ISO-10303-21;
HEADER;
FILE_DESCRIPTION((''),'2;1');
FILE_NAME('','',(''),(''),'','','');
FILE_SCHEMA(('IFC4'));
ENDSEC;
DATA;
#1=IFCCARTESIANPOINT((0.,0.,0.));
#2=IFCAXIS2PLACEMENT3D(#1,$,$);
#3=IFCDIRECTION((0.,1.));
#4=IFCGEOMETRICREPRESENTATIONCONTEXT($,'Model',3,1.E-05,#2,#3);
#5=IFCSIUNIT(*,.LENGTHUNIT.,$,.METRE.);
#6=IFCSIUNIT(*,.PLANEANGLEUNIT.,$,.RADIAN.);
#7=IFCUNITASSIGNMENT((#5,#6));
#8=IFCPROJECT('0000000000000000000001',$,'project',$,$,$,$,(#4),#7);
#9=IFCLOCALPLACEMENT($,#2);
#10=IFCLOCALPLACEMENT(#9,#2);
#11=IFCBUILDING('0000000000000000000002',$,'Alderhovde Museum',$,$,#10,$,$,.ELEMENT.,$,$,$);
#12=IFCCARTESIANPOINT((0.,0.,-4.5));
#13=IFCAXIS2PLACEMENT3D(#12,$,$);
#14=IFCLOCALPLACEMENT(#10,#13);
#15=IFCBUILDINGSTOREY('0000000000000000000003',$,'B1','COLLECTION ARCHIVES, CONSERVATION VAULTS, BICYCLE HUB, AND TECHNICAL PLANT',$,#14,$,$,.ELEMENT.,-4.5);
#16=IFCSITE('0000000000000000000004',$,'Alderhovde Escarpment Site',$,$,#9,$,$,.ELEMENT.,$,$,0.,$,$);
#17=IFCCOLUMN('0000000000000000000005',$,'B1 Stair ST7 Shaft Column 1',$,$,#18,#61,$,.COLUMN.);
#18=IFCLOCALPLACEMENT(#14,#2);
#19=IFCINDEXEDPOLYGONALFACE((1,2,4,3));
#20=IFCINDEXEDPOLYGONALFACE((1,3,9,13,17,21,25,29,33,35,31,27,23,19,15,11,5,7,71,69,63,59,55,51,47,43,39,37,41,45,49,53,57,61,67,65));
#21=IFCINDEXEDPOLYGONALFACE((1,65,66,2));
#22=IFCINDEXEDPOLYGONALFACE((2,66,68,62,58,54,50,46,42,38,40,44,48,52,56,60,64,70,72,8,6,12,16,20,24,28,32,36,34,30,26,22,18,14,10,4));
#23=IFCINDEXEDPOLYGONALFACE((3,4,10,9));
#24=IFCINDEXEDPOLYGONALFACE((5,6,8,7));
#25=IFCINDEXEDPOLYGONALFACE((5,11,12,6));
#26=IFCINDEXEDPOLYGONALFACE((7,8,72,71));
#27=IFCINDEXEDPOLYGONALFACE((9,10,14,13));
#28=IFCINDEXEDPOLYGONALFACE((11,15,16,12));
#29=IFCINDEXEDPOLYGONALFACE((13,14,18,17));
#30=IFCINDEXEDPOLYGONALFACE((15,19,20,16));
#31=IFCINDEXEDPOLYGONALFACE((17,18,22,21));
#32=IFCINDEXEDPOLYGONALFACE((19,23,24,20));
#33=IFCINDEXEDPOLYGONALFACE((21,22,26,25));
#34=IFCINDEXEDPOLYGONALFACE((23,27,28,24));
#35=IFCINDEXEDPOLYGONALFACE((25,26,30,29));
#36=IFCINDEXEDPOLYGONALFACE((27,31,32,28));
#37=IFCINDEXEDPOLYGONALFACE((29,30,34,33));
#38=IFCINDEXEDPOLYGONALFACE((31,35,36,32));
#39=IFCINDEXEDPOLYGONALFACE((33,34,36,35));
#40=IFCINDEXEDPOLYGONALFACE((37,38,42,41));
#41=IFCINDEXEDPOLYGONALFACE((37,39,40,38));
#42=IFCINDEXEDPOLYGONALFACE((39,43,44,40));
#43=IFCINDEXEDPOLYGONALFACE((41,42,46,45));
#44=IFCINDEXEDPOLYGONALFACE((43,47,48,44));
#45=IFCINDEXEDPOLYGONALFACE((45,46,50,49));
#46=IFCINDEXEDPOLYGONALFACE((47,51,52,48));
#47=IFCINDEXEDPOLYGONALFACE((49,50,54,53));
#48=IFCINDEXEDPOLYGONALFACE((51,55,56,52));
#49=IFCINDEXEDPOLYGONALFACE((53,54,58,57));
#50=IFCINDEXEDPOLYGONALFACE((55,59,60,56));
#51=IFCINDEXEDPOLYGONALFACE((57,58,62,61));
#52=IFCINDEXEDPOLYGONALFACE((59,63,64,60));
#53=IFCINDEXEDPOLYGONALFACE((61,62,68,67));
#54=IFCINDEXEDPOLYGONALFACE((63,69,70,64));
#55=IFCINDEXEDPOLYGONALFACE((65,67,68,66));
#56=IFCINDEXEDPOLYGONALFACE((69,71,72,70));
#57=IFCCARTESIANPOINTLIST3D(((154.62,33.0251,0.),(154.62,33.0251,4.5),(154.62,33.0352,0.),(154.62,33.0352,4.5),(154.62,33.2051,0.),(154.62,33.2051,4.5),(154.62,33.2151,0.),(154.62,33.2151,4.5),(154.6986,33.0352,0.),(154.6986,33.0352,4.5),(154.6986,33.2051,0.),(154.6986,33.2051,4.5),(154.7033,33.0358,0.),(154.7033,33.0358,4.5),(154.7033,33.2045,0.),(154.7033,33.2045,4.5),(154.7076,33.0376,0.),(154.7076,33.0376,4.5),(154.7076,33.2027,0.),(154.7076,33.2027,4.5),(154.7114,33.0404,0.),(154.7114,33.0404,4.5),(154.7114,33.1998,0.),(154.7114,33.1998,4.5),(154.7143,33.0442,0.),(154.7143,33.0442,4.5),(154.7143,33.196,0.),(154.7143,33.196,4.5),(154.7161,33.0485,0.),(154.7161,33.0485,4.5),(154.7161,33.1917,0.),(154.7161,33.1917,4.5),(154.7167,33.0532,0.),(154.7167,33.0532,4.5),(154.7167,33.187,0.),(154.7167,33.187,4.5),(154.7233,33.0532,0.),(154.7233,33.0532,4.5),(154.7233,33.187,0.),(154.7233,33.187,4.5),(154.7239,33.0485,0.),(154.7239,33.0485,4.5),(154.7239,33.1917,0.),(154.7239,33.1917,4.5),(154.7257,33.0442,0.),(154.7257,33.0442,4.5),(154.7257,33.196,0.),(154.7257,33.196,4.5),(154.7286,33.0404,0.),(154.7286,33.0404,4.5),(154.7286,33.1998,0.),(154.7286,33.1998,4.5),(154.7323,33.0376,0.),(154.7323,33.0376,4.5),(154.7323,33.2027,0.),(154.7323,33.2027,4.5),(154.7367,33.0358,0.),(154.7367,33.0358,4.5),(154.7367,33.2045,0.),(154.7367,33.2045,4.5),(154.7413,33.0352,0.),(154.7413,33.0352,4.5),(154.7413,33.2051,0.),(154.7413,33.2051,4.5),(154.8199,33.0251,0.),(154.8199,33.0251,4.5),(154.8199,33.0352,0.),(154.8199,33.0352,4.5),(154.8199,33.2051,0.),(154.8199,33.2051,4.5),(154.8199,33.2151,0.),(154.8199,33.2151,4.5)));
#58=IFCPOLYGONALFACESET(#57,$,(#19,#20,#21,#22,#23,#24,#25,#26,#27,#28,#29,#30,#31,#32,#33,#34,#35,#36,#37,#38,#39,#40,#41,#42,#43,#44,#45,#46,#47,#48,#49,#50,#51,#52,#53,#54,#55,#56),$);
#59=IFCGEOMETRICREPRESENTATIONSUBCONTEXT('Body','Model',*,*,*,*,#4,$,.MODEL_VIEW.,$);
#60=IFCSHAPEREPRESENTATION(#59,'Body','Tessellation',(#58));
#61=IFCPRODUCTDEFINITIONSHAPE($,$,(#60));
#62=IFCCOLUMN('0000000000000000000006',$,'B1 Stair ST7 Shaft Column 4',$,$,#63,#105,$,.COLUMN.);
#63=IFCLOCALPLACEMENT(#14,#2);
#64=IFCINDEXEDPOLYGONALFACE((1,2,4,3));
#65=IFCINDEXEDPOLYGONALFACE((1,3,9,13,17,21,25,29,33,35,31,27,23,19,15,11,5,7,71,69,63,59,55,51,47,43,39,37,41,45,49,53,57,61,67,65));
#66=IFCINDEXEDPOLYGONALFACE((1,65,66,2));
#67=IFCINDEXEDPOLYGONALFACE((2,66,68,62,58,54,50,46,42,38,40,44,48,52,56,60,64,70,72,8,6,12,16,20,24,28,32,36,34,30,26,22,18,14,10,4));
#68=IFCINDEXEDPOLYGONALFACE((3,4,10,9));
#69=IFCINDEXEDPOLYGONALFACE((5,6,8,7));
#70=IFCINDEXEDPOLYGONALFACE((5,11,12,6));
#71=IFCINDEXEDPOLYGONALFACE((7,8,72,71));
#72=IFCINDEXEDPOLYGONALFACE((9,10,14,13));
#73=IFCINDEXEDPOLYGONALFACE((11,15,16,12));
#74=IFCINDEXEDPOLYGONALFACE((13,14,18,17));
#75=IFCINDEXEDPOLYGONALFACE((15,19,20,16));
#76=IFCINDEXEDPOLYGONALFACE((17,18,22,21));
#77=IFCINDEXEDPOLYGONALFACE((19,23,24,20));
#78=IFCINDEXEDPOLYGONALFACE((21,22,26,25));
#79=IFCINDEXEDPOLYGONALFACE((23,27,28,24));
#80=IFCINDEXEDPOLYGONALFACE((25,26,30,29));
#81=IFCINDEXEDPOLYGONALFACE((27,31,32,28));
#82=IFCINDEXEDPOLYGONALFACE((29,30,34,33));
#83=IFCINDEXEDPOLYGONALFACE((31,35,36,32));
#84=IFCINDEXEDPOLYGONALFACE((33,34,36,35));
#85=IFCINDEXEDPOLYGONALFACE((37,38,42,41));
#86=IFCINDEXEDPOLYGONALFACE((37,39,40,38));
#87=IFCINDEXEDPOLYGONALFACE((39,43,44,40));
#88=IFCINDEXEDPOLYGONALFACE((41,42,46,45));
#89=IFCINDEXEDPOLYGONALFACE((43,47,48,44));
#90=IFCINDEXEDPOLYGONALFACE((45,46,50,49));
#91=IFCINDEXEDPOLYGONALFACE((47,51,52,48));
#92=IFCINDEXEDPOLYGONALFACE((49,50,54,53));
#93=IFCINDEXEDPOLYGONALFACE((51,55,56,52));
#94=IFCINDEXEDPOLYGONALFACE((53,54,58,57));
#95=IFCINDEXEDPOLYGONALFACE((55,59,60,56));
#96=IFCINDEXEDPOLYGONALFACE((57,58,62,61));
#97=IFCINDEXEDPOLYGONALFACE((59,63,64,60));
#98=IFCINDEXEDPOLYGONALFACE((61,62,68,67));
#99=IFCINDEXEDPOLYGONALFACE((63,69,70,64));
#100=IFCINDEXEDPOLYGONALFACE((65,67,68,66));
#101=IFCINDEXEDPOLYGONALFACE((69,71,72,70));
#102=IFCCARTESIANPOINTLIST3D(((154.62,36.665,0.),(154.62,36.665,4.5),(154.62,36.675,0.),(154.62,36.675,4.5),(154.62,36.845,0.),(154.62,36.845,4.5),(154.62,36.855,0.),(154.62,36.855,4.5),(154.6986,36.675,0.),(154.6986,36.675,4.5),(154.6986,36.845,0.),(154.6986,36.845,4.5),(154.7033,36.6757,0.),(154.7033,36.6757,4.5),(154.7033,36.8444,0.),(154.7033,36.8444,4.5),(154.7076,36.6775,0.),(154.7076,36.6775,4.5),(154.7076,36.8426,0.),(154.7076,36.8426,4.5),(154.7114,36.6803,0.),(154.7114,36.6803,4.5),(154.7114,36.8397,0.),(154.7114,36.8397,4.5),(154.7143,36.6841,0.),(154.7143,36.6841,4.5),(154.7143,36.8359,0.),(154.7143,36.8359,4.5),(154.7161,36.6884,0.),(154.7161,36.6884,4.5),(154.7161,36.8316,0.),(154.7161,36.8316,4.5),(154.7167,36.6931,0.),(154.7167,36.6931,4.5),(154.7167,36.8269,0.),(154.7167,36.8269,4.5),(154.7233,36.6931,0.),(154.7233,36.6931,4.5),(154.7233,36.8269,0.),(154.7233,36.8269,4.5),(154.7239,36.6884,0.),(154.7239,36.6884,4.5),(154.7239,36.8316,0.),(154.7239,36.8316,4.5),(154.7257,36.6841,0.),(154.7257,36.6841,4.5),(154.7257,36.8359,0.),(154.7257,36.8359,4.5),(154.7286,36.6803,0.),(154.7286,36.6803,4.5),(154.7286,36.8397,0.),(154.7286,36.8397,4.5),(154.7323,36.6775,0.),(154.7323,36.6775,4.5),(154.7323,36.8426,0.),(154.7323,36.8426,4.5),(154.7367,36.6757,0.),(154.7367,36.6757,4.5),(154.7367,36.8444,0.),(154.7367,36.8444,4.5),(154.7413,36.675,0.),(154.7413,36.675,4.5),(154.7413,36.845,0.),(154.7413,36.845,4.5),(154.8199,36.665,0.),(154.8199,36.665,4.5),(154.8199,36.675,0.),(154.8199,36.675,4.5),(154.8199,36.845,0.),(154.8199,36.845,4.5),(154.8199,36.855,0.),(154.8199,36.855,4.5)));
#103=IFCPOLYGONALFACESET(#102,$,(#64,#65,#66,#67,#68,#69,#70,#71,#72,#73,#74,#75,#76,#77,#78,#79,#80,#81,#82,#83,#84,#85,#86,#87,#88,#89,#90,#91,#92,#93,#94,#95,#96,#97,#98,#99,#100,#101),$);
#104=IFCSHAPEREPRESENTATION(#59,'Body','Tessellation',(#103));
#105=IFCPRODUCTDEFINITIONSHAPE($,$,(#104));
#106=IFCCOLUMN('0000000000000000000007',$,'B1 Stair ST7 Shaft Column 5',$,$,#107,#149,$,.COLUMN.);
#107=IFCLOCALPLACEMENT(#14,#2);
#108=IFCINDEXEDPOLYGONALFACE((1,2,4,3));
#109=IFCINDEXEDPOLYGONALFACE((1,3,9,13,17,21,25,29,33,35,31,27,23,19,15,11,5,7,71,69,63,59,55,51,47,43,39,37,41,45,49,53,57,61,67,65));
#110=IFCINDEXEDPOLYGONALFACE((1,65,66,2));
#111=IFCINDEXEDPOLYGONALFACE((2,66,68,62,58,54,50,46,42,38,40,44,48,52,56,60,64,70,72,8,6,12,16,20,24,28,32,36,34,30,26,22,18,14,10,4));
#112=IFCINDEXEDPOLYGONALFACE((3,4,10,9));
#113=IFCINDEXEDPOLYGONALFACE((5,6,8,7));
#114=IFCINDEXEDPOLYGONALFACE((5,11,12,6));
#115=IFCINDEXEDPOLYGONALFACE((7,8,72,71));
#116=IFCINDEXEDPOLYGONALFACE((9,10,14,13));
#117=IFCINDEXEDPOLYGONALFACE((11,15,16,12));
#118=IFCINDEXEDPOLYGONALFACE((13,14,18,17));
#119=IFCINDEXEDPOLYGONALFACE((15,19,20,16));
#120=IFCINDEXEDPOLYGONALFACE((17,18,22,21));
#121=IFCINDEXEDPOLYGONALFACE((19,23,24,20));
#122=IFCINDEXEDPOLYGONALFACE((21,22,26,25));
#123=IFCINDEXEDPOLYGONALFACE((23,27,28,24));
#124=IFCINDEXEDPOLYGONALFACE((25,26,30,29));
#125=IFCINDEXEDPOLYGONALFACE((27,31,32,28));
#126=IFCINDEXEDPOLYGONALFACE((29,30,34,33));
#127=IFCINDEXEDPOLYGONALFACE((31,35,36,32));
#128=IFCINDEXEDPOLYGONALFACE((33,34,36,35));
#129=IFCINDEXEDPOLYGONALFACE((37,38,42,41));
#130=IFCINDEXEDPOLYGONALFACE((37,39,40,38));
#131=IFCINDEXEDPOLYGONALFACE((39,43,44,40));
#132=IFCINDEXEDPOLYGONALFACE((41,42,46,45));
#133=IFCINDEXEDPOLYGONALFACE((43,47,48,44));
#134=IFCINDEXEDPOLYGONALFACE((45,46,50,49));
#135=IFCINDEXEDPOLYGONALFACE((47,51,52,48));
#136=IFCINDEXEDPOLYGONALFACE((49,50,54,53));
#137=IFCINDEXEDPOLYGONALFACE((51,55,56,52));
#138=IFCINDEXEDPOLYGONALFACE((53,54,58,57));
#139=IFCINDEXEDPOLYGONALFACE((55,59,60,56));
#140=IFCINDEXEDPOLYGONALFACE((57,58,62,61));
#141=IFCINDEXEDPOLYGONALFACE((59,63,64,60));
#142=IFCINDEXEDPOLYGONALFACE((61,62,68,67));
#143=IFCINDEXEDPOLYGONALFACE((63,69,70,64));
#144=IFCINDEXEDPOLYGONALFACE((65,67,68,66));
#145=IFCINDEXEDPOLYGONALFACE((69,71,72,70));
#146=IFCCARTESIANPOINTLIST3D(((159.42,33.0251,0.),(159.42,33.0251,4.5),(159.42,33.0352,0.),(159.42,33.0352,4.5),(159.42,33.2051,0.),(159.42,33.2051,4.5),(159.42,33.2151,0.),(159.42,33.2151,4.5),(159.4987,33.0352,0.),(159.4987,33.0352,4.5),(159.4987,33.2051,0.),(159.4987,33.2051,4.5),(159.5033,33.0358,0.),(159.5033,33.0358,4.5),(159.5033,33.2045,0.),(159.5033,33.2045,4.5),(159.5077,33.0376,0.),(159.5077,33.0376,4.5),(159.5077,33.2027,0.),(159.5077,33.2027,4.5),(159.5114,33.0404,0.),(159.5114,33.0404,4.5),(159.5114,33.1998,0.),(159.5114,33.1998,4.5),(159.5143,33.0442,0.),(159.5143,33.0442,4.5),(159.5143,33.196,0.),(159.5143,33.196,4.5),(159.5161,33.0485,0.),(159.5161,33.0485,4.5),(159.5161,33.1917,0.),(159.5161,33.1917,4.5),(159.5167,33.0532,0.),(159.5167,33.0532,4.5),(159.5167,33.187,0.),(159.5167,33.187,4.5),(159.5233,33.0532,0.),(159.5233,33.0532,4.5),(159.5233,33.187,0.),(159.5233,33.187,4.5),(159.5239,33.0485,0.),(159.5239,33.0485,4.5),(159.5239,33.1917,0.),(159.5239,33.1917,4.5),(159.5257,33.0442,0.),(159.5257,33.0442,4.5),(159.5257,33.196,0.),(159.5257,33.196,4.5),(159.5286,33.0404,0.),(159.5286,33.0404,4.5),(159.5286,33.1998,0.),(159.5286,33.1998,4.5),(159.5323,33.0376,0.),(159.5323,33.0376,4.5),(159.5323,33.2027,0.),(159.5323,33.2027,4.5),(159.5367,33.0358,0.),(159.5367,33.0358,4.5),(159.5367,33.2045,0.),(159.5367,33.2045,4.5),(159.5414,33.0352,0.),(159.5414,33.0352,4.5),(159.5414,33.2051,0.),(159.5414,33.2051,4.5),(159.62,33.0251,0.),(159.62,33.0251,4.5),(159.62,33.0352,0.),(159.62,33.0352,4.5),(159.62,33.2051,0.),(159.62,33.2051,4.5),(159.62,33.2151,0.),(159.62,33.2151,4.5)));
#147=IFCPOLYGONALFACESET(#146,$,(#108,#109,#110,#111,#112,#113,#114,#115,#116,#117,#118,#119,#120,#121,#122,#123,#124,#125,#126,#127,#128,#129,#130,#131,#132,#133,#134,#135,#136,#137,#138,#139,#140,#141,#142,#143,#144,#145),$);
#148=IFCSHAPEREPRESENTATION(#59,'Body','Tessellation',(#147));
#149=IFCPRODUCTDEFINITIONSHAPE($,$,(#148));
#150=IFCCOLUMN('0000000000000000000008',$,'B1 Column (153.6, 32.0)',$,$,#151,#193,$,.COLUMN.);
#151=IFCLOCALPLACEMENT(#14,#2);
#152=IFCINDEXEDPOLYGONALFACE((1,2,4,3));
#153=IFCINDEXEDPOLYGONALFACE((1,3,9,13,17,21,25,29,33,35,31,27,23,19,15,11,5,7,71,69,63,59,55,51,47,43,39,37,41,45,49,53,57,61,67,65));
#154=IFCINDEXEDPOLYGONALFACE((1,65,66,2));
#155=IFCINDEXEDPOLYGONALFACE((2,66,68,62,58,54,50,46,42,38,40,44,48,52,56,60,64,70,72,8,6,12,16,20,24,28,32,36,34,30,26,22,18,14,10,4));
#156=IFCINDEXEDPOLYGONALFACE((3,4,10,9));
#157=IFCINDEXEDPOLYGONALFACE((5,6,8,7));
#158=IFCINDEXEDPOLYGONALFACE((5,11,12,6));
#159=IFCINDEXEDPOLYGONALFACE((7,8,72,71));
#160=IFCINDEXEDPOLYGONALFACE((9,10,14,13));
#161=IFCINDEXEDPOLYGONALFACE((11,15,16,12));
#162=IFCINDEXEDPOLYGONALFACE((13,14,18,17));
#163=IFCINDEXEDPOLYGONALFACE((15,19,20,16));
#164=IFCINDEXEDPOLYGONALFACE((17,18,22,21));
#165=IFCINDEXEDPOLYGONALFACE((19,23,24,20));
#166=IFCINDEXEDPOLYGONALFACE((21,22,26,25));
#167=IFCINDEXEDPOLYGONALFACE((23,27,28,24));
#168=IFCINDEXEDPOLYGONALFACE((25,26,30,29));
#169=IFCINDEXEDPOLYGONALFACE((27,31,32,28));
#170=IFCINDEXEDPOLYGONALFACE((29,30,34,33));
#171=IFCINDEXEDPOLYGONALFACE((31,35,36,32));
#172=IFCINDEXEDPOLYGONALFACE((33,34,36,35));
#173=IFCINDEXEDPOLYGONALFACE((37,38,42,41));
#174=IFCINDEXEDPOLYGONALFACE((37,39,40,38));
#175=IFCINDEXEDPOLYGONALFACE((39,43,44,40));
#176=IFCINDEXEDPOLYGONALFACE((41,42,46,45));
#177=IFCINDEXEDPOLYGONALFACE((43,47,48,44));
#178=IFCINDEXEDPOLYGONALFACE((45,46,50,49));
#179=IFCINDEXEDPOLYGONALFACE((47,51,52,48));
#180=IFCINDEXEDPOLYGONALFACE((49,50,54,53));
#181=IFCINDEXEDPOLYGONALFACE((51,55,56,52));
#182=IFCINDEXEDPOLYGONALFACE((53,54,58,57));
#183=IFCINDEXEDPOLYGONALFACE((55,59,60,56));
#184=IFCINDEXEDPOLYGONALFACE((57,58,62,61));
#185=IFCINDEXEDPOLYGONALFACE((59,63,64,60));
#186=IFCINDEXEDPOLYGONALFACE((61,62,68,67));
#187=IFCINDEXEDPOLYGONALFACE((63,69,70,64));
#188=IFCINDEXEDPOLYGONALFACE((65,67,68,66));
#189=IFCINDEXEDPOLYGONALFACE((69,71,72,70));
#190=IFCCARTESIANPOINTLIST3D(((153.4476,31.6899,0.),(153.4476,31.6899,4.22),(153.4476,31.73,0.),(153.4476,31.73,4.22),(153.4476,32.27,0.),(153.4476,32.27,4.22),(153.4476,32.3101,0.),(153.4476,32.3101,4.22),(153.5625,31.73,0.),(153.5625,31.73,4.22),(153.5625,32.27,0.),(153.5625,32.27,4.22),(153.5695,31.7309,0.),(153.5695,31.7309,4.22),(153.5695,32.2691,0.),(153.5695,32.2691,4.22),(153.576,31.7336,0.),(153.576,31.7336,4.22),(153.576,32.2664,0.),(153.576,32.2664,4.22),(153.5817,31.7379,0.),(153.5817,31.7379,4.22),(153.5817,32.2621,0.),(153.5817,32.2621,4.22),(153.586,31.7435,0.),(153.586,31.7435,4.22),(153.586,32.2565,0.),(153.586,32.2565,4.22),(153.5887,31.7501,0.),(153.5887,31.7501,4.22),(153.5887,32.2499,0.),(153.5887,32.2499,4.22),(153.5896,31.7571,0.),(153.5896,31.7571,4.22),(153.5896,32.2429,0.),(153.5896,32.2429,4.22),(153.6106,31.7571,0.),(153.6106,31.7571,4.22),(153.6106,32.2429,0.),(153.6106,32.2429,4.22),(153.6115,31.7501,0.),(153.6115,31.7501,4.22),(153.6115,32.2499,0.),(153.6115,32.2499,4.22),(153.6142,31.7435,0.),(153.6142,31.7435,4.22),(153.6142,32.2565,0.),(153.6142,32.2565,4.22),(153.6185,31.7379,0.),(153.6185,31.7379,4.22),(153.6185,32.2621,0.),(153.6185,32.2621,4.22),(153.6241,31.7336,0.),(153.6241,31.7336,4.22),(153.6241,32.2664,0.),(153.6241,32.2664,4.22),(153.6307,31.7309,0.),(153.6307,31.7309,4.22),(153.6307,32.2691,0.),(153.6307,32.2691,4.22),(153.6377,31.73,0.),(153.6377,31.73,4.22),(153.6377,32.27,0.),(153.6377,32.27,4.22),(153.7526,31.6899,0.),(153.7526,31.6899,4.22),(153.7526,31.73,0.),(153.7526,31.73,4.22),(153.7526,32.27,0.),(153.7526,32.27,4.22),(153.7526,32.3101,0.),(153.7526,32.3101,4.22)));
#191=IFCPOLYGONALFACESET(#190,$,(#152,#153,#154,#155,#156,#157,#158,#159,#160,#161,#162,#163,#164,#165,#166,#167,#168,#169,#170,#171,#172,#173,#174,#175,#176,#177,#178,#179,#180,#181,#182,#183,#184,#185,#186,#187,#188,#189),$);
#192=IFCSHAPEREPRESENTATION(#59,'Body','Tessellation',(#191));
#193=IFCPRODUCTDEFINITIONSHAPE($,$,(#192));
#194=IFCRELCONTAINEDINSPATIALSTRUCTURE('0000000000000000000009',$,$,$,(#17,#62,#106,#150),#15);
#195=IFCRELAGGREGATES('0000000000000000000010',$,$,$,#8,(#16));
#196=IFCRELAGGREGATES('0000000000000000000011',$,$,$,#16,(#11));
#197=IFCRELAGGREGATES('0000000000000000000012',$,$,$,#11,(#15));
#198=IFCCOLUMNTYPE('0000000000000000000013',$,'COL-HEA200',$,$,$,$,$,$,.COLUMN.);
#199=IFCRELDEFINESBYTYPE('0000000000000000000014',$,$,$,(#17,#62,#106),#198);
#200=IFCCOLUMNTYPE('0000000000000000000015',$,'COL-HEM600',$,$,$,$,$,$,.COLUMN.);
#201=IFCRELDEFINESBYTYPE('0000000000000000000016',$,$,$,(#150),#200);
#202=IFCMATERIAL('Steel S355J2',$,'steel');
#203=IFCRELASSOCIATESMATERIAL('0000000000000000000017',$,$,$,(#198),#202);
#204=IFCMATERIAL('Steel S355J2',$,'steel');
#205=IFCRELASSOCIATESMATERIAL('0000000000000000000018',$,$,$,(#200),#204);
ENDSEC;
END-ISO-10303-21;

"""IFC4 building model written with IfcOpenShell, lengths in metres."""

from ifc_helpers import new_model, si_unit, direction, frame, origin, origin_2d, place, context, subcontext, project, spatial, i_section, extrude, material, material_profile, profile_set, type_object, element, save


model = new_model("IFC4")

# Units and contexts
model_context = context("Model", 3, precision=1e-05, world=origin(), true_north=direction((0.0, 1.0)))
body_context = subcontext(model_context, "Body", "Model", "MODEL_VIEW")
ifc_project = project(units=[si_unit("LENGTHUNIT", "METRE"), si_unit("PLANEANGLEUNIT", "RADIAN")], contexts=[model_context])

# Site, building, storey
site_placement = place(None, origin())
site = spatial("IfcSite", under=ifc_project, at=site_placement, Name="Alderhovde Escarpment Site", CompositionType="ELEMENT", RefElevation=0.0)
building_placement = place(site_placement, origin())
building = spatial("IfcBuilding", under=site, at=building_placement, Name="Alderhovde Museum", CompositionType="ELEMENT")
storey_placement = place(building_placement, frame((0.0, 0.0, -4.5)))
storey = spatial("IfcBuildingStorey", under=building, at=storey_placement, Name="B1", Description="COLLECTION ARCHIVES, CONSERVATION VAULTS, BICYCLE HUB, AND TECHNICAL PLANT", CompositionType="ELEMENT", Elevation=-4.5)

# Columns
ifc_material_1 = material(Name="Steel S355J2", Category="steel")
ifc_material_profile_1 = material_profile(ifc_material_1, i_section(OverallWidth=0.2, OverallDepth=0.1899, WebThickness=0.0066, FlangeThickness=0.01, FilletRadius=0.0181, at=origin_2d()), Name="HEA 200")
ifc_profile_set_1 = profile_set([ifc_material_profile_1], Name="Steel S355J2")
column_type_1 = type_object("IfcColumnType", Name="COL-HEA200", PredefinedType="COLUMN", material=ifc_profile_set_1)
for number, where, z_axis, x_axis, name in (
    (1, (154.72, 33.1201, 0.0), (0.0, 0.0, 1.0), (1.0, 0.0, 0.0), "B1 Stair ST7 Shaft Column 1"),
    (2, (154.72, 36.76, 0.0), (0.0, 0.0, 1.0), (1.0, 0.0, 0.0), "B1 Stair ST7 Shaft Column 4"),
    (3, (159.52, 33.1201, 0.0), (0.0, 0.0, 1.0), (1.0, 0.0, 0.0), "B1 Stair ST7 Shaft Column 5"),
):
    element("IfcColumn", number, at=place(storey_placement, frame(where, z_axis=z_axis, x_axis=x_axis)), inside=storey, type_object=column_type_1, Name=name, PredefinedType="COLUMN", context=body_context, shape_type="SweptSolid", body=[
        extrude(i_section(OverallWidth=0.2, OverallDepth=0.1899, WebThickness=0.0066, FlangeThickness=0.01, FilletRadius=0.0181, at=origin_2d()), origin(), (0.0, 0.0, 1.0), 4.5),
    ])
ifc_material_2 = material(Name="Steel S355J2", Category="steel")
ifc_material_profile_2 = material_profile(ifc_material_2, i_section(OverallWidth=0.3049, OverallDepth=0.6201, WebThickness=0.021, FlangeThickness=0.04, FilletRadius=0.0271, at=origin_2d()), Name="HEM 600")
ifc_profile_set_2 = profile_set([ifc_material_profile_2], Name="Steel S355J2")
column_type_2 = type_object("IfcColumnType", Name="COL-HEM600", PredefinedType="COLUMN", material=ifc_profile_set_2)
column_placement = place(storey_placement, frame((153.6001, 32.0, 0.0), z_axis=(0.0, 0.0, 1.0), x_axis=(1.0, 0.0, 0.0)))
element("IfcColumn", 4, at=column_placement, inside=storey, type_object=column_type_2, Name="B1 Column (153.6, 32.0)", PredefinedType="COLUMN", context=body_context, shape_type="SweptSolid", body=[
    extrude(i_section(OverallWidth=0.3049, OverallDepth=0.6201, WebThickness=0.021, FlangeThickness=0.04, FilletRadius=0.0271, at=origin_2d()), origin(), (0.0, 0.0, 1.0), 4.22),
])

save(model, "model.ifc")
